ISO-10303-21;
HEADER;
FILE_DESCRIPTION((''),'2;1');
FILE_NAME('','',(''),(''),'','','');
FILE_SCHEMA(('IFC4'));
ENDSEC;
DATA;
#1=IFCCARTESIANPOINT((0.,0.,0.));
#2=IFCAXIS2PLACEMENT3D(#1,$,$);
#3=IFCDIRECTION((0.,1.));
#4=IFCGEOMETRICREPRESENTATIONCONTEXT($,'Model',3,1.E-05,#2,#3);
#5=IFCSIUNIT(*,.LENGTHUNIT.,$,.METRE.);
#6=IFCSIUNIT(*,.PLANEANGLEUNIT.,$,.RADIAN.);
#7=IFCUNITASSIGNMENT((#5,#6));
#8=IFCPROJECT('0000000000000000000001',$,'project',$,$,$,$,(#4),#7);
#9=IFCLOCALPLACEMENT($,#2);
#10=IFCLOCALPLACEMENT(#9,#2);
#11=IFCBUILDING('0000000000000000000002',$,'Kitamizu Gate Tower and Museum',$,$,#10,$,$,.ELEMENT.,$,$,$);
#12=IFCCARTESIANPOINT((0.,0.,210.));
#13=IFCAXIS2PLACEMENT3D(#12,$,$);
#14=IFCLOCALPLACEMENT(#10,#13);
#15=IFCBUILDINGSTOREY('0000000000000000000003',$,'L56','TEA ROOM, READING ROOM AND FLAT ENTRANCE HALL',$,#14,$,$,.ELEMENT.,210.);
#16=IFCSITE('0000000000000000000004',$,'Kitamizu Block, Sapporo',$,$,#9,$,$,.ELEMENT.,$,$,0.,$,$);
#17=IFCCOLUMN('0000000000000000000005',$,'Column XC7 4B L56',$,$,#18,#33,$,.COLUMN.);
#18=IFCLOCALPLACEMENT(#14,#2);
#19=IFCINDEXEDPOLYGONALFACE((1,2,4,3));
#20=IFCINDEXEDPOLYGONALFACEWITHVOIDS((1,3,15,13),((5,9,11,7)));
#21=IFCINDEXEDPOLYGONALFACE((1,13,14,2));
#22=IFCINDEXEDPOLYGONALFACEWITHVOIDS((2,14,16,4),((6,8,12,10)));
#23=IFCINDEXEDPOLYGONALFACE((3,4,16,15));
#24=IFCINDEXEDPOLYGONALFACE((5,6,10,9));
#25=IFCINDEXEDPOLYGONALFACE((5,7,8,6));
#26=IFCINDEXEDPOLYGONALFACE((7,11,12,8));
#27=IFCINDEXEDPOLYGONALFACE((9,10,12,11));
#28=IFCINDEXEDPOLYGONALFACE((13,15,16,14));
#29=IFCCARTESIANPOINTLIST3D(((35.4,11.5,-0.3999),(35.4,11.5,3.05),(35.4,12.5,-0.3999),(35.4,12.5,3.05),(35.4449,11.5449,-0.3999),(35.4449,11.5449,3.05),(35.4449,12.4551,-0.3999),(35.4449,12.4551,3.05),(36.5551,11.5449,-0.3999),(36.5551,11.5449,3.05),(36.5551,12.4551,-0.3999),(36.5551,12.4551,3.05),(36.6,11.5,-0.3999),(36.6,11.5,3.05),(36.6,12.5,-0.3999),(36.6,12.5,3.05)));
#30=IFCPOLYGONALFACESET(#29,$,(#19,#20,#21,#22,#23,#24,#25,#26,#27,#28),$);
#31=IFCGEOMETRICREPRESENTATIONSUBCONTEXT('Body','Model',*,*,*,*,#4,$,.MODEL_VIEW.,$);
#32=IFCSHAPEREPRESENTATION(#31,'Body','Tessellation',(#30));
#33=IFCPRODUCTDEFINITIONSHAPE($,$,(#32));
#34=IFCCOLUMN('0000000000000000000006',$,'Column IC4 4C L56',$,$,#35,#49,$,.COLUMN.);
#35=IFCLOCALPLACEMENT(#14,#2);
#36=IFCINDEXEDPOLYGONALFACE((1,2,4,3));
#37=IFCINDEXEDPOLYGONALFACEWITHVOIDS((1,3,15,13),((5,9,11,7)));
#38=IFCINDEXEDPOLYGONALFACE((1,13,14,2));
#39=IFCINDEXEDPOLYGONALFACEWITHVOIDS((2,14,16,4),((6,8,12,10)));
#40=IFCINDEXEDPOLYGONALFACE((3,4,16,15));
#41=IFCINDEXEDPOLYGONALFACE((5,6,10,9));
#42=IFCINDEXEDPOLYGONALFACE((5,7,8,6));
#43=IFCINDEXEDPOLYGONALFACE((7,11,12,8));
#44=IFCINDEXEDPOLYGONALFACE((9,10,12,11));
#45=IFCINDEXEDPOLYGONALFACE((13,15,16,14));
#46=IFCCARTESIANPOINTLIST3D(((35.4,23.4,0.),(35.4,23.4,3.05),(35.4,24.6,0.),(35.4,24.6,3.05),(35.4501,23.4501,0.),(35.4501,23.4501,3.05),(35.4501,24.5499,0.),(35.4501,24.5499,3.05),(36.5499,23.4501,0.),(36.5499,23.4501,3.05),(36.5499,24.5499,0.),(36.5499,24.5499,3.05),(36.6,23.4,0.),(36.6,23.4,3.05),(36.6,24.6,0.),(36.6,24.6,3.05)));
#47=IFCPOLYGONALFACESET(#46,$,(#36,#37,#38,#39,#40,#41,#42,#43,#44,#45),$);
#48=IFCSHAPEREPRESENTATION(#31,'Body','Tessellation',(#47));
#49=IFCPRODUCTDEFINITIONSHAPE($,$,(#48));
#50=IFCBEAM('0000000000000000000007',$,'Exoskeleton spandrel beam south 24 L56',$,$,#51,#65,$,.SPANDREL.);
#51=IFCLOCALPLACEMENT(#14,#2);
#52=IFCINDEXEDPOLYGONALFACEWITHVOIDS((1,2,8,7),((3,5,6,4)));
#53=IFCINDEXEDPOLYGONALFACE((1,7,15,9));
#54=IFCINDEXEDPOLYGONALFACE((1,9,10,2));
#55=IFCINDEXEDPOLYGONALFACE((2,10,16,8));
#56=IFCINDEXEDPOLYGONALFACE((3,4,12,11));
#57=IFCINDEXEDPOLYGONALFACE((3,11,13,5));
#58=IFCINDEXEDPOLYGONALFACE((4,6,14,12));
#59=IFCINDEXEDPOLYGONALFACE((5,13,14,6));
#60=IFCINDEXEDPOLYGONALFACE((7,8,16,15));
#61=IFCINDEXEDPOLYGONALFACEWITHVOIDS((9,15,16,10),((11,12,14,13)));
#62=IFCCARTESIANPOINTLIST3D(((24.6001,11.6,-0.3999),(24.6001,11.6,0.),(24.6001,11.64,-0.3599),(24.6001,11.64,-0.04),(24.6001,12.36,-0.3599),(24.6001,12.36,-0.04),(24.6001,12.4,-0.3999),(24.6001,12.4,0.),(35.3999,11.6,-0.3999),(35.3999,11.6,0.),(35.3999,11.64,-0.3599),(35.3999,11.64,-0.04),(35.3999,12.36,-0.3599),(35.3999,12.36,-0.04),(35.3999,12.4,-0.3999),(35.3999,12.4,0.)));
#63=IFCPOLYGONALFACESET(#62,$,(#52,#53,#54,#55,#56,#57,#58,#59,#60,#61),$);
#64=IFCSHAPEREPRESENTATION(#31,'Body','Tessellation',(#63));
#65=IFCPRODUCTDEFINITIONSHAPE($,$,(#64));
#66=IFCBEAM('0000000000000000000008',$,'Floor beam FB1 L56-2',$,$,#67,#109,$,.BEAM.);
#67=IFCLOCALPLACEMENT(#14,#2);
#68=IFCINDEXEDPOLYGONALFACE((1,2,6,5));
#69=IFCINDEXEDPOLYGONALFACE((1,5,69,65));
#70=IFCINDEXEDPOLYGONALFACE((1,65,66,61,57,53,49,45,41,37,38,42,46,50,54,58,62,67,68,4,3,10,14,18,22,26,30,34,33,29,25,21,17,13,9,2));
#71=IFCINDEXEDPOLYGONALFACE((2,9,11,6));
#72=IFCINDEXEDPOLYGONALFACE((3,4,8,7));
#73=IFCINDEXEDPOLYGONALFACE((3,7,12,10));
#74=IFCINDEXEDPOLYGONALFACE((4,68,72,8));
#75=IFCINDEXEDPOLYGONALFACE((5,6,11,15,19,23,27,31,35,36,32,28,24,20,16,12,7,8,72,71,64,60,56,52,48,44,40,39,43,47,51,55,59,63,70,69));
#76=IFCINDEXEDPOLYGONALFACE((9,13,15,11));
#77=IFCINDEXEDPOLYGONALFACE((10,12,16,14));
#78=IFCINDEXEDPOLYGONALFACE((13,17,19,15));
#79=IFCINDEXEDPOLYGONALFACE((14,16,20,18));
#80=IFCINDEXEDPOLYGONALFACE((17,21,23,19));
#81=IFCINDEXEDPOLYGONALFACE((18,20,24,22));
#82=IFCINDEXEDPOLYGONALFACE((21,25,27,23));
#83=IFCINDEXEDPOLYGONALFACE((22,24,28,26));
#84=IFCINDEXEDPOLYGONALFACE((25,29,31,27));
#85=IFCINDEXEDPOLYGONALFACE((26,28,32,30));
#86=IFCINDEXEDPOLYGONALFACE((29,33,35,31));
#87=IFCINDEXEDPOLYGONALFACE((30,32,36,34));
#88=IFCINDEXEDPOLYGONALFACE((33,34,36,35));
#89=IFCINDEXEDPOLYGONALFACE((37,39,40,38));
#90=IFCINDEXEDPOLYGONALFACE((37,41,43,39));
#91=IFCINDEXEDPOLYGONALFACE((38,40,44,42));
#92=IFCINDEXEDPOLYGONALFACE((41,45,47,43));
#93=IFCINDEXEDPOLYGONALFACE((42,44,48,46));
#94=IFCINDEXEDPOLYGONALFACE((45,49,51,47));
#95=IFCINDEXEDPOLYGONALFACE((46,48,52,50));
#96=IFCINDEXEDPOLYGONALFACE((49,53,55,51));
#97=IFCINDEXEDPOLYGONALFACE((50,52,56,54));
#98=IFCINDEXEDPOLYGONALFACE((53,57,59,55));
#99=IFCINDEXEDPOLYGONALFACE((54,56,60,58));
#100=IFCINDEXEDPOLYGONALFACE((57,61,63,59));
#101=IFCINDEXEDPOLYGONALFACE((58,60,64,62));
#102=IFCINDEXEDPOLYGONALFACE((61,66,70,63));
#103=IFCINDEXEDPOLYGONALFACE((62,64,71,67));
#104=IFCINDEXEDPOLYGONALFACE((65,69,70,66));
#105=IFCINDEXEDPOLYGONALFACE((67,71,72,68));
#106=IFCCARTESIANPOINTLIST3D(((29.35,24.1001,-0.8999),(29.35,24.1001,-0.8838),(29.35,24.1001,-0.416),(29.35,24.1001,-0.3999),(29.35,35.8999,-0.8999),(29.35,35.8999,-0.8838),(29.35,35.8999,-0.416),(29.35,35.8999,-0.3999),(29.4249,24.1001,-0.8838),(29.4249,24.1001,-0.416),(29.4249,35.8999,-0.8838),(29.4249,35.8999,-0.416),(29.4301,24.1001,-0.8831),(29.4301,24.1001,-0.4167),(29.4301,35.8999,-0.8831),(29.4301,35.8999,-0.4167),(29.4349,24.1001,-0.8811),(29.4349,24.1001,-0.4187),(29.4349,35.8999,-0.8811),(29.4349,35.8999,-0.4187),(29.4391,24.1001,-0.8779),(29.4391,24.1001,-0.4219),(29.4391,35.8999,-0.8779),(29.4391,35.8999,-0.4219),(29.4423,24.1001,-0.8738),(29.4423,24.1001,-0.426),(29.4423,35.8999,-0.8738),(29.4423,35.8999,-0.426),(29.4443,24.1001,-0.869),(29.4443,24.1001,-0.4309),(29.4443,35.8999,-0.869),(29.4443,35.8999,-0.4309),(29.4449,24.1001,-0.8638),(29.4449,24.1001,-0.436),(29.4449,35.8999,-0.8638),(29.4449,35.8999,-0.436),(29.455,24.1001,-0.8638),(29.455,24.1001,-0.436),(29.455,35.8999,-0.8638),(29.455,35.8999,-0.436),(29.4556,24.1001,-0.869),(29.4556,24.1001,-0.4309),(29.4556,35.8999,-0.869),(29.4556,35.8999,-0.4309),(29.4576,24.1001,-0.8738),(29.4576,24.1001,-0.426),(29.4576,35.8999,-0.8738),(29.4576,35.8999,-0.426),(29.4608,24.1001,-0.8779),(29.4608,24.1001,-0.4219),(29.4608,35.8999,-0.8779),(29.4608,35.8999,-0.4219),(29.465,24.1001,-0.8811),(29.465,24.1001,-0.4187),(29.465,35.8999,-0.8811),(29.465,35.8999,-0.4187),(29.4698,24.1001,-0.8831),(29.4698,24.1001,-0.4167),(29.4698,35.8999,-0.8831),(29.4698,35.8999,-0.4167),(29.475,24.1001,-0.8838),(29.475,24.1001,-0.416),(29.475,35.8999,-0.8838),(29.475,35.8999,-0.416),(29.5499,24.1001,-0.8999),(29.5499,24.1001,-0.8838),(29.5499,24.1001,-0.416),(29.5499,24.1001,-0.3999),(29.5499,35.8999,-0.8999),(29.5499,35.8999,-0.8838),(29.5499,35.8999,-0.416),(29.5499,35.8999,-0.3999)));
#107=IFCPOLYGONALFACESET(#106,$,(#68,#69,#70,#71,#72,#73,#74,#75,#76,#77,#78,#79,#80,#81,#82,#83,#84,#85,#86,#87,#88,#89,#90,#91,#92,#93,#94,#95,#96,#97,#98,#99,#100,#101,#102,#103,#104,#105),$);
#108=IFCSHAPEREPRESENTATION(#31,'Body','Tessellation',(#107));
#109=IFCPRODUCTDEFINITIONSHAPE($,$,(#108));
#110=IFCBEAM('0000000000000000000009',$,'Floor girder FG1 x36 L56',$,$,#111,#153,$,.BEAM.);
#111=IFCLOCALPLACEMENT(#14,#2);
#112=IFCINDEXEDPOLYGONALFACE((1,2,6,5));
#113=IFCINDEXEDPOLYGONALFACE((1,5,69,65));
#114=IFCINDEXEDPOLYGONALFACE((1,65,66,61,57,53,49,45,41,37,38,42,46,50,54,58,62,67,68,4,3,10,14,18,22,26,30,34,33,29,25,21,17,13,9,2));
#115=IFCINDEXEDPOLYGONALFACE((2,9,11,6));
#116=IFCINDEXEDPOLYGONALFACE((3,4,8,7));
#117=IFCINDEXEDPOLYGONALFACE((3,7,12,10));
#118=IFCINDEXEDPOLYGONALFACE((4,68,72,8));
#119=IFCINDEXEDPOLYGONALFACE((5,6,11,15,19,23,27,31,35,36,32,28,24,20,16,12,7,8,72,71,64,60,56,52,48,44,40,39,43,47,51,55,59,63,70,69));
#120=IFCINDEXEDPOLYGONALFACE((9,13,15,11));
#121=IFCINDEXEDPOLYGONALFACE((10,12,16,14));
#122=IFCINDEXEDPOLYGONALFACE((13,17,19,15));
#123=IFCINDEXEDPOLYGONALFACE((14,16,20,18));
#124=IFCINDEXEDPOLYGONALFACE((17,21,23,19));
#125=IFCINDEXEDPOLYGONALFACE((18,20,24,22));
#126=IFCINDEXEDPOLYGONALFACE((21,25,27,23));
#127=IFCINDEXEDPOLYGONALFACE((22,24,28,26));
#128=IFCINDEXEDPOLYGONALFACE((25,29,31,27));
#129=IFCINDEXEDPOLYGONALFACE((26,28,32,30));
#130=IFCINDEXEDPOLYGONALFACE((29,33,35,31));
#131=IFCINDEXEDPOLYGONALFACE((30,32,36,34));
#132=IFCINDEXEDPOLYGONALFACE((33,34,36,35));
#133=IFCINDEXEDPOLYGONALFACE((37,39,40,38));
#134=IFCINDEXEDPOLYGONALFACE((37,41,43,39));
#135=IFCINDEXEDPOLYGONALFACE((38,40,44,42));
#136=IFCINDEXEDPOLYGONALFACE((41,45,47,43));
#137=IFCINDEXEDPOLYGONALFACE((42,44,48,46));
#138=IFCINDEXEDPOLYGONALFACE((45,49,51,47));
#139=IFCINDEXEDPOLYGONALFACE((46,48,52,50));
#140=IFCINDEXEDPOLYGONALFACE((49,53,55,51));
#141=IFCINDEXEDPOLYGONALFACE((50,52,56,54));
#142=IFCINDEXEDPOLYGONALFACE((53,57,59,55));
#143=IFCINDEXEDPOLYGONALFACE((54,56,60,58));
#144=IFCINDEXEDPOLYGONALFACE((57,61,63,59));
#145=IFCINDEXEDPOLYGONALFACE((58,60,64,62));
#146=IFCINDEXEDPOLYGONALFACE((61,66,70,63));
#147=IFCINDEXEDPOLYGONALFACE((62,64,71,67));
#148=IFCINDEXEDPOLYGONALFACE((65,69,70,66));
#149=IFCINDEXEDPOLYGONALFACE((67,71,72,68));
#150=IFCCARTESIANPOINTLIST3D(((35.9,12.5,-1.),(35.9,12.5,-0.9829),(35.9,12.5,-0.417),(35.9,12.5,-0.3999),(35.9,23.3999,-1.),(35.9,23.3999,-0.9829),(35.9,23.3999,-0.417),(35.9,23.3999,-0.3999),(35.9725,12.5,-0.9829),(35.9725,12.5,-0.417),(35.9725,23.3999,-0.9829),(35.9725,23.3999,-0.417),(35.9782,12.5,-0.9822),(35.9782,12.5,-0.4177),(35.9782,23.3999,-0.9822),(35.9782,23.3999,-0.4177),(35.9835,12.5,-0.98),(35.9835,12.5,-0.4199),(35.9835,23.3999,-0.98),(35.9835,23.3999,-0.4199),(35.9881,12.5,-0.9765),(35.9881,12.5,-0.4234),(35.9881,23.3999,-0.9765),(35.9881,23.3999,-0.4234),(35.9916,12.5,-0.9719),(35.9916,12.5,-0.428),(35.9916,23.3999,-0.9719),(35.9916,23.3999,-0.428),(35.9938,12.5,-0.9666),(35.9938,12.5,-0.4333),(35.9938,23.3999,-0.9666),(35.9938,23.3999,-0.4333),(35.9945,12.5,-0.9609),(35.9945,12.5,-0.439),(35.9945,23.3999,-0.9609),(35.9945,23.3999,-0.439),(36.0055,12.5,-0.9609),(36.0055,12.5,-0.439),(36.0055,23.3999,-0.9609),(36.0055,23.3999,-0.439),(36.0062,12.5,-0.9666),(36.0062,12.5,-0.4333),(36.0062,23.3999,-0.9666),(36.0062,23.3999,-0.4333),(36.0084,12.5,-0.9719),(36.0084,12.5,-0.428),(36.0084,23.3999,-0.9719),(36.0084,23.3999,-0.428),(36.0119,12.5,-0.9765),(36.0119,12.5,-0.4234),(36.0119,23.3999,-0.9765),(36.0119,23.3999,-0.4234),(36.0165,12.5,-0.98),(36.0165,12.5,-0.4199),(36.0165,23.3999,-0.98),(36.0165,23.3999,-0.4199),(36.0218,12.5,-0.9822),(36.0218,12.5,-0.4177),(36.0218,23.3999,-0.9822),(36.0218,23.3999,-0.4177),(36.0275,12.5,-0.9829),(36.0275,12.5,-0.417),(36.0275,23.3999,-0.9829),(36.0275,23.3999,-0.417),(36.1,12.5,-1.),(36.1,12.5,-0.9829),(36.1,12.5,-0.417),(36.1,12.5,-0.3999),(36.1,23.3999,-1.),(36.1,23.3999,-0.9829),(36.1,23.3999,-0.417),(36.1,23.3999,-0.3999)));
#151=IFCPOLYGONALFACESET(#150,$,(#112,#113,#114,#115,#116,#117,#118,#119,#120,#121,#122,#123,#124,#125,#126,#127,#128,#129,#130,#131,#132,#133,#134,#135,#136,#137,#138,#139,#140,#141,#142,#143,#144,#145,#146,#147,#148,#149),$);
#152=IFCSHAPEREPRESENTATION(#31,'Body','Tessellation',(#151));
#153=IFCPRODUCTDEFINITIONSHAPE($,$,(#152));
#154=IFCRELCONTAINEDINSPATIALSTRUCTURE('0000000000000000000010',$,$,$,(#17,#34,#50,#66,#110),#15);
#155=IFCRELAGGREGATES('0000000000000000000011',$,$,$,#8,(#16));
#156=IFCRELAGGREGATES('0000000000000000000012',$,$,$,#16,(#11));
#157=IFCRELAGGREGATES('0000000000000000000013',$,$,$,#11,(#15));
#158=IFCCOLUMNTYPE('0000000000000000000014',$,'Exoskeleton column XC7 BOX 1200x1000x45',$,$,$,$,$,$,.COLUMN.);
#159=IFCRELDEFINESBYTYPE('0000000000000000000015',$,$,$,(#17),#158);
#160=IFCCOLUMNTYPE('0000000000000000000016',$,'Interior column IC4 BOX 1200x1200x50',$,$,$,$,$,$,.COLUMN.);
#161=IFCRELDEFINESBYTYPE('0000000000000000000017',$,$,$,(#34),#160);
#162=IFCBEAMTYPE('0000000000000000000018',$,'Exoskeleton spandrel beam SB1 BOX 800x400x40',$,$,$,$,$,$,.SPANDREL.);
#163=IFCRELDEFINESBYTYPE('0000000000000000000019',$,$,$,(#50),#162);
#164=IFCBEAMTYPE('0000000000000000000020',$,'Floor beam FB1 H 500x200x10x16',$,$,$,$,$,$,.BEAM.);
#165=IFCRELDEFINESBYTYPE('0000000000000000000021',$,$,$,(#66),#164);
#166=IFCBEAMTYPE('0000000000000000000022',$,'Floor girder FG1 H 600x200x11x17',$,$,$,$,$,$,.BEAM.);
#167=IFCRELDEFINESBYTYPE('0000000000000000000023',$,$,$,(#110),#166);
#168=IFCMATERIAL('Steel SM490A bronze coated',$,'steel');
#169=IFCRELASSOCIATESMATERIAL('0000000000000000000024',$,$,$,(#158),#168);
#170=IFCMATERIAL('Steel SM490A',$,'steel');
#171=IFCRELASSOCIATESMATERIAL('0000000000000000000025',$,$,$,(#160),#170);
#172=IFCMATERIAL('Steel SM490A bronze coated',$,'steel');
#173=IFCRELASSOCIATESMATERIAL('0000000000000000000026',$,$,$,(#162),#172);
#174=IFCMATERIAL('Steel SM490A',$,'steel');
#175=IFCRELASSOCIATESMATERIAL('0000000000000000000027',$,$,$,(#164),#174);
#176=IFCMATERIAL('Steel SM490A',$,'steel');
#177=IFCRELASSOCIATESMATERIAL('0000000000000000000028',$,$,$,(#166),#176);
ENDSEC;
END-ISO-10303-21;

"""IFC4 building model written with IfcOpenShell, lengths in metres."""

from ifc_helpers import new_model, si_unit, direction, frame, origin, origin_2d, place, context, subcontext, project, spatial, hollow_rectangle, i_section, extrude, material, material_profile, profile_set, type_object, element, save


model = new_model("IFC4")

# Units and contexts
model_context = context("Model", 3, precision=1e-05, world=origin(), true_north=direction((0.0, 1.0)))
body_context = subcontext(model_context, "Body", "Model", "MODEL_VIEW")
ifc_project = project(units=[si_unit("LENGTHUNIT", "METRE"), si_unit("PLANEANGLEUNIT", "RADIAN")], contexts=[model_context])

# Site, building, storey
site_placement = place(None, origin())
site = spatial("IfcSite", under=ifc_project, at=site_placement, Name="Kitamizu Block, Sapporo", CompositionType="ELEMENT", RefElevation=0.0)
building_placement = place(site_placement, origin())
building = spatial("IfcBuilding", under=site, at=building_placement, Name="Kitamizu Gate Tower and Museum", CompositionType="ELEMENT")
storey_placement = place(building_placement, frame((0.0, 0.0, 210.0)))
storey = spatial("IfcBuildingStorey", under=building, at=storey_placement, Name="L56", Description="TEA ROOM, READING ROOM AND FLAT ENTRANCE HALL", CompositionType="ELEMENT", Elevation=210.0)

# Columns
ifc_material_1 = material(Name="Steel SM490A bronze coated", Category="steel")
ifc_material_profile_1 = material_profile(ifc_material_1, hollow_rectangle(XDim=1.2, YDim=1.0, WallThickness=0.0449, at=origin_2d()), Name="BOX 1200x1000x45")
ifc_profile_set_1 = profile_set([ifc_material_profile_1], Name="Steel SM490A bronze coated")
column_type_1 = type_object("IfcColumnType", Name="Exoskeleton column XC7 BOX 1200x1000x45", PredefinedType="COLUMN", material=ifc_profile_set_1)
column_1_placement = place(storey_placement, frame((36.0, 12.0, -0.3999), z_axis=(0.0, 0.0, 1.0), x_axis=(1.0, 0.0, 0.0)))
element("IfcColumn", 1, at=column_1_placement, inside=storey, type_object=column_type_1, Name="Column XC7 4B L56", PredefinedType="COLUMN", context=body_context, shape_type="SweptSolid", body=[
    extrude(hollow_rectangle(XDim=1.2, YDim=1.0, WallThickness=0.0449, at=origin_2d()), origin(), (0.0, 0.0, 1.0), 3.45),
])
ifc_material_2 = material(Name="Steel SM490A", Category="steel")
ifc_material_profile_2 = material_profile(ifc_material_2, hollow_rectangle(XDim=1.2, YDim=1.2, WallThickness=0.05, at=origin_2d()), Name="BOX 1200x1200x50")
ifc_profile_set_2 = profile_set([ifc_material_profile_2], Name="Steel SM490A")
column_type_2 = type_object("IfcColumnType", Name="Interior column IC4 BOX 1200x1200x50", PredefinedType="COLUMN", material=ifc_profile_set_2)
column_2_placement = place(storey_placement, frame((36.0, 24.0, 0.0), z_axis=(0.0, 0.0, 1.0), x_axis=(1.0, 0.0, 0.0)))
element("IfcColumn", 2, at=column_2_placement, inside=storey, type_object=column_type_2, Name="Column IC4 4C L56", PredefinedType="COLUMN", context=body_context, shape_type="SweptSolid", body=[
    extrude(hollow_rectangle(XDim=1.2, YDim=1.2, WallThickness=0.05, at=origin_2d()), origin(), (0.0, 0.0, 1.0), 3.05),
])

# Beams
ifc_material_3 = material(Name="Steel SM490A bronze coated", Category="steel")
ifc_material_profile_3 = material_profile(ifc_material_3, hollow_rectangle(XDim=0.8, YDim=0.3999, WallThickness=0.04, at=origin_2d()), Name="BOX 800x400x40")
ifc_profile_set_3 = profile_set([ifc_material_profile_3], Name="Steel SM490A bronze coated")
beam_type_1 = type_object("IfcBeamType", Name="Exoskeleton spandrel beam SB1 BOX 800x400x40", PredefinedType="SPANDREL", material=ifc_profile_set_3)
beam_1_placement = place(storey_placement, frame((24.6001, 12.0, -0.2), z_axis=(1.0, 0.0, 0.0), x_axis=(0.0, 1.0, 0.0)))
element("IfcBeam", 3, at=beam_1_placement, inside=storey, type_object=beam_type_1, Name="Exoskeleton spandrel beam south 24 L56", PredefinedType="SPANDREL", context=body_context, shape_type="SweptSolid", body=[
    extrude(hollow_rectangle(XDim=0.8, YDim=0.3999, WallThickness=0.04, at=origin_2d()), origin(), (0.0, 0.0, 1.0), 10.7998),
])
ifc_material_4 = material(Name="Steel SM490A", Category="steel")
ifc_material_profile_4 = material_profile(ifc_material_4, i_section(OverallWidth=0.2, OverallDepth=0.5, WebThickness=0.01, FlangeThickness=0.0161, FilletRadius=0.02, at=origin_2d()), Name="H-500x200x10x16")
ifc_profile_set_4 = profile_set([ifc_material_profile_4], Name="Steel SM490A")
beam_type_2 = type_object("IfcBeamType", Name="Floor beam FB1 H 500x200x10x16", PredefinedType="BEAM", material=ifc_profile_set_4)
beam_2_placement = place(storey_placement, frame((29.45, 24.1001, -0.6499), z_axis=(0.0, 1.0, 0.0), x_axis=(-1.0, 0.0, 0.0)))
element("IfcBeam", 4, at=beam_2_placement, inside=storey, type_object=beam_type_2, Name="Floor beam FB1 L56-2", PredefinedType="BEAM", context=body_context, shape_type="SweptSolid", body=[
    extrude(i_section(OverallWidth=0.2, OverallDepth=0.5, WebThickness=0.01, FlangeThickness=0.0161, FilletRadius=0.02, at=origin_2d()), origin(), (0.0, 0.0, 1.0), 11.7998),
])
ifc_material_5 = material(Name="Steel SM490A", Category="steel")
ifc_material_profile_5 = material_profile(ifc_material_5, i_section(OverallWidth=0.2, OverallDepth=0.6001, WebThickness=0.011, FlangeThickness=0.0171, FilletRadius=0.022, at=origin_2d()), Name="H-600x200x11x17")
ifc_profile_set_5 = profile_set([ifc_material_profile_5], Name="Steel SM490A")
beam_type_3 = type_object("IfcBeamType", Name="Floor girder FG1 H 600x200x11x17", PredefinedType="BEAM", material=ifc_profile_set_5)
beam_3_placement = place(storey_placement, frame((36.0, 12.5, -0.7), z_axis=(0.0, 1.0, 0.0), x_axis=(-1.0, 0.0, 0.0)))
element("IfcBeam", 5, at=beam_3_placement, inside=storey, type_object=beam_type_3, Name="Floor girder FG1 x36 L56", PredefinedType="BEAM", context=body_context, shape_type="SweptSolid", body=[
    extrude(i_section(OverallWidth=0.2, OverallDepth=0.6001, WebThickness=0.011, FlangeThickness=0.0171, FilletRadius=0.022, at=origin_2d()), origin(), (0.0, 0.0, 1.0), 10.8999),
])

save(model, "model.ifc")
